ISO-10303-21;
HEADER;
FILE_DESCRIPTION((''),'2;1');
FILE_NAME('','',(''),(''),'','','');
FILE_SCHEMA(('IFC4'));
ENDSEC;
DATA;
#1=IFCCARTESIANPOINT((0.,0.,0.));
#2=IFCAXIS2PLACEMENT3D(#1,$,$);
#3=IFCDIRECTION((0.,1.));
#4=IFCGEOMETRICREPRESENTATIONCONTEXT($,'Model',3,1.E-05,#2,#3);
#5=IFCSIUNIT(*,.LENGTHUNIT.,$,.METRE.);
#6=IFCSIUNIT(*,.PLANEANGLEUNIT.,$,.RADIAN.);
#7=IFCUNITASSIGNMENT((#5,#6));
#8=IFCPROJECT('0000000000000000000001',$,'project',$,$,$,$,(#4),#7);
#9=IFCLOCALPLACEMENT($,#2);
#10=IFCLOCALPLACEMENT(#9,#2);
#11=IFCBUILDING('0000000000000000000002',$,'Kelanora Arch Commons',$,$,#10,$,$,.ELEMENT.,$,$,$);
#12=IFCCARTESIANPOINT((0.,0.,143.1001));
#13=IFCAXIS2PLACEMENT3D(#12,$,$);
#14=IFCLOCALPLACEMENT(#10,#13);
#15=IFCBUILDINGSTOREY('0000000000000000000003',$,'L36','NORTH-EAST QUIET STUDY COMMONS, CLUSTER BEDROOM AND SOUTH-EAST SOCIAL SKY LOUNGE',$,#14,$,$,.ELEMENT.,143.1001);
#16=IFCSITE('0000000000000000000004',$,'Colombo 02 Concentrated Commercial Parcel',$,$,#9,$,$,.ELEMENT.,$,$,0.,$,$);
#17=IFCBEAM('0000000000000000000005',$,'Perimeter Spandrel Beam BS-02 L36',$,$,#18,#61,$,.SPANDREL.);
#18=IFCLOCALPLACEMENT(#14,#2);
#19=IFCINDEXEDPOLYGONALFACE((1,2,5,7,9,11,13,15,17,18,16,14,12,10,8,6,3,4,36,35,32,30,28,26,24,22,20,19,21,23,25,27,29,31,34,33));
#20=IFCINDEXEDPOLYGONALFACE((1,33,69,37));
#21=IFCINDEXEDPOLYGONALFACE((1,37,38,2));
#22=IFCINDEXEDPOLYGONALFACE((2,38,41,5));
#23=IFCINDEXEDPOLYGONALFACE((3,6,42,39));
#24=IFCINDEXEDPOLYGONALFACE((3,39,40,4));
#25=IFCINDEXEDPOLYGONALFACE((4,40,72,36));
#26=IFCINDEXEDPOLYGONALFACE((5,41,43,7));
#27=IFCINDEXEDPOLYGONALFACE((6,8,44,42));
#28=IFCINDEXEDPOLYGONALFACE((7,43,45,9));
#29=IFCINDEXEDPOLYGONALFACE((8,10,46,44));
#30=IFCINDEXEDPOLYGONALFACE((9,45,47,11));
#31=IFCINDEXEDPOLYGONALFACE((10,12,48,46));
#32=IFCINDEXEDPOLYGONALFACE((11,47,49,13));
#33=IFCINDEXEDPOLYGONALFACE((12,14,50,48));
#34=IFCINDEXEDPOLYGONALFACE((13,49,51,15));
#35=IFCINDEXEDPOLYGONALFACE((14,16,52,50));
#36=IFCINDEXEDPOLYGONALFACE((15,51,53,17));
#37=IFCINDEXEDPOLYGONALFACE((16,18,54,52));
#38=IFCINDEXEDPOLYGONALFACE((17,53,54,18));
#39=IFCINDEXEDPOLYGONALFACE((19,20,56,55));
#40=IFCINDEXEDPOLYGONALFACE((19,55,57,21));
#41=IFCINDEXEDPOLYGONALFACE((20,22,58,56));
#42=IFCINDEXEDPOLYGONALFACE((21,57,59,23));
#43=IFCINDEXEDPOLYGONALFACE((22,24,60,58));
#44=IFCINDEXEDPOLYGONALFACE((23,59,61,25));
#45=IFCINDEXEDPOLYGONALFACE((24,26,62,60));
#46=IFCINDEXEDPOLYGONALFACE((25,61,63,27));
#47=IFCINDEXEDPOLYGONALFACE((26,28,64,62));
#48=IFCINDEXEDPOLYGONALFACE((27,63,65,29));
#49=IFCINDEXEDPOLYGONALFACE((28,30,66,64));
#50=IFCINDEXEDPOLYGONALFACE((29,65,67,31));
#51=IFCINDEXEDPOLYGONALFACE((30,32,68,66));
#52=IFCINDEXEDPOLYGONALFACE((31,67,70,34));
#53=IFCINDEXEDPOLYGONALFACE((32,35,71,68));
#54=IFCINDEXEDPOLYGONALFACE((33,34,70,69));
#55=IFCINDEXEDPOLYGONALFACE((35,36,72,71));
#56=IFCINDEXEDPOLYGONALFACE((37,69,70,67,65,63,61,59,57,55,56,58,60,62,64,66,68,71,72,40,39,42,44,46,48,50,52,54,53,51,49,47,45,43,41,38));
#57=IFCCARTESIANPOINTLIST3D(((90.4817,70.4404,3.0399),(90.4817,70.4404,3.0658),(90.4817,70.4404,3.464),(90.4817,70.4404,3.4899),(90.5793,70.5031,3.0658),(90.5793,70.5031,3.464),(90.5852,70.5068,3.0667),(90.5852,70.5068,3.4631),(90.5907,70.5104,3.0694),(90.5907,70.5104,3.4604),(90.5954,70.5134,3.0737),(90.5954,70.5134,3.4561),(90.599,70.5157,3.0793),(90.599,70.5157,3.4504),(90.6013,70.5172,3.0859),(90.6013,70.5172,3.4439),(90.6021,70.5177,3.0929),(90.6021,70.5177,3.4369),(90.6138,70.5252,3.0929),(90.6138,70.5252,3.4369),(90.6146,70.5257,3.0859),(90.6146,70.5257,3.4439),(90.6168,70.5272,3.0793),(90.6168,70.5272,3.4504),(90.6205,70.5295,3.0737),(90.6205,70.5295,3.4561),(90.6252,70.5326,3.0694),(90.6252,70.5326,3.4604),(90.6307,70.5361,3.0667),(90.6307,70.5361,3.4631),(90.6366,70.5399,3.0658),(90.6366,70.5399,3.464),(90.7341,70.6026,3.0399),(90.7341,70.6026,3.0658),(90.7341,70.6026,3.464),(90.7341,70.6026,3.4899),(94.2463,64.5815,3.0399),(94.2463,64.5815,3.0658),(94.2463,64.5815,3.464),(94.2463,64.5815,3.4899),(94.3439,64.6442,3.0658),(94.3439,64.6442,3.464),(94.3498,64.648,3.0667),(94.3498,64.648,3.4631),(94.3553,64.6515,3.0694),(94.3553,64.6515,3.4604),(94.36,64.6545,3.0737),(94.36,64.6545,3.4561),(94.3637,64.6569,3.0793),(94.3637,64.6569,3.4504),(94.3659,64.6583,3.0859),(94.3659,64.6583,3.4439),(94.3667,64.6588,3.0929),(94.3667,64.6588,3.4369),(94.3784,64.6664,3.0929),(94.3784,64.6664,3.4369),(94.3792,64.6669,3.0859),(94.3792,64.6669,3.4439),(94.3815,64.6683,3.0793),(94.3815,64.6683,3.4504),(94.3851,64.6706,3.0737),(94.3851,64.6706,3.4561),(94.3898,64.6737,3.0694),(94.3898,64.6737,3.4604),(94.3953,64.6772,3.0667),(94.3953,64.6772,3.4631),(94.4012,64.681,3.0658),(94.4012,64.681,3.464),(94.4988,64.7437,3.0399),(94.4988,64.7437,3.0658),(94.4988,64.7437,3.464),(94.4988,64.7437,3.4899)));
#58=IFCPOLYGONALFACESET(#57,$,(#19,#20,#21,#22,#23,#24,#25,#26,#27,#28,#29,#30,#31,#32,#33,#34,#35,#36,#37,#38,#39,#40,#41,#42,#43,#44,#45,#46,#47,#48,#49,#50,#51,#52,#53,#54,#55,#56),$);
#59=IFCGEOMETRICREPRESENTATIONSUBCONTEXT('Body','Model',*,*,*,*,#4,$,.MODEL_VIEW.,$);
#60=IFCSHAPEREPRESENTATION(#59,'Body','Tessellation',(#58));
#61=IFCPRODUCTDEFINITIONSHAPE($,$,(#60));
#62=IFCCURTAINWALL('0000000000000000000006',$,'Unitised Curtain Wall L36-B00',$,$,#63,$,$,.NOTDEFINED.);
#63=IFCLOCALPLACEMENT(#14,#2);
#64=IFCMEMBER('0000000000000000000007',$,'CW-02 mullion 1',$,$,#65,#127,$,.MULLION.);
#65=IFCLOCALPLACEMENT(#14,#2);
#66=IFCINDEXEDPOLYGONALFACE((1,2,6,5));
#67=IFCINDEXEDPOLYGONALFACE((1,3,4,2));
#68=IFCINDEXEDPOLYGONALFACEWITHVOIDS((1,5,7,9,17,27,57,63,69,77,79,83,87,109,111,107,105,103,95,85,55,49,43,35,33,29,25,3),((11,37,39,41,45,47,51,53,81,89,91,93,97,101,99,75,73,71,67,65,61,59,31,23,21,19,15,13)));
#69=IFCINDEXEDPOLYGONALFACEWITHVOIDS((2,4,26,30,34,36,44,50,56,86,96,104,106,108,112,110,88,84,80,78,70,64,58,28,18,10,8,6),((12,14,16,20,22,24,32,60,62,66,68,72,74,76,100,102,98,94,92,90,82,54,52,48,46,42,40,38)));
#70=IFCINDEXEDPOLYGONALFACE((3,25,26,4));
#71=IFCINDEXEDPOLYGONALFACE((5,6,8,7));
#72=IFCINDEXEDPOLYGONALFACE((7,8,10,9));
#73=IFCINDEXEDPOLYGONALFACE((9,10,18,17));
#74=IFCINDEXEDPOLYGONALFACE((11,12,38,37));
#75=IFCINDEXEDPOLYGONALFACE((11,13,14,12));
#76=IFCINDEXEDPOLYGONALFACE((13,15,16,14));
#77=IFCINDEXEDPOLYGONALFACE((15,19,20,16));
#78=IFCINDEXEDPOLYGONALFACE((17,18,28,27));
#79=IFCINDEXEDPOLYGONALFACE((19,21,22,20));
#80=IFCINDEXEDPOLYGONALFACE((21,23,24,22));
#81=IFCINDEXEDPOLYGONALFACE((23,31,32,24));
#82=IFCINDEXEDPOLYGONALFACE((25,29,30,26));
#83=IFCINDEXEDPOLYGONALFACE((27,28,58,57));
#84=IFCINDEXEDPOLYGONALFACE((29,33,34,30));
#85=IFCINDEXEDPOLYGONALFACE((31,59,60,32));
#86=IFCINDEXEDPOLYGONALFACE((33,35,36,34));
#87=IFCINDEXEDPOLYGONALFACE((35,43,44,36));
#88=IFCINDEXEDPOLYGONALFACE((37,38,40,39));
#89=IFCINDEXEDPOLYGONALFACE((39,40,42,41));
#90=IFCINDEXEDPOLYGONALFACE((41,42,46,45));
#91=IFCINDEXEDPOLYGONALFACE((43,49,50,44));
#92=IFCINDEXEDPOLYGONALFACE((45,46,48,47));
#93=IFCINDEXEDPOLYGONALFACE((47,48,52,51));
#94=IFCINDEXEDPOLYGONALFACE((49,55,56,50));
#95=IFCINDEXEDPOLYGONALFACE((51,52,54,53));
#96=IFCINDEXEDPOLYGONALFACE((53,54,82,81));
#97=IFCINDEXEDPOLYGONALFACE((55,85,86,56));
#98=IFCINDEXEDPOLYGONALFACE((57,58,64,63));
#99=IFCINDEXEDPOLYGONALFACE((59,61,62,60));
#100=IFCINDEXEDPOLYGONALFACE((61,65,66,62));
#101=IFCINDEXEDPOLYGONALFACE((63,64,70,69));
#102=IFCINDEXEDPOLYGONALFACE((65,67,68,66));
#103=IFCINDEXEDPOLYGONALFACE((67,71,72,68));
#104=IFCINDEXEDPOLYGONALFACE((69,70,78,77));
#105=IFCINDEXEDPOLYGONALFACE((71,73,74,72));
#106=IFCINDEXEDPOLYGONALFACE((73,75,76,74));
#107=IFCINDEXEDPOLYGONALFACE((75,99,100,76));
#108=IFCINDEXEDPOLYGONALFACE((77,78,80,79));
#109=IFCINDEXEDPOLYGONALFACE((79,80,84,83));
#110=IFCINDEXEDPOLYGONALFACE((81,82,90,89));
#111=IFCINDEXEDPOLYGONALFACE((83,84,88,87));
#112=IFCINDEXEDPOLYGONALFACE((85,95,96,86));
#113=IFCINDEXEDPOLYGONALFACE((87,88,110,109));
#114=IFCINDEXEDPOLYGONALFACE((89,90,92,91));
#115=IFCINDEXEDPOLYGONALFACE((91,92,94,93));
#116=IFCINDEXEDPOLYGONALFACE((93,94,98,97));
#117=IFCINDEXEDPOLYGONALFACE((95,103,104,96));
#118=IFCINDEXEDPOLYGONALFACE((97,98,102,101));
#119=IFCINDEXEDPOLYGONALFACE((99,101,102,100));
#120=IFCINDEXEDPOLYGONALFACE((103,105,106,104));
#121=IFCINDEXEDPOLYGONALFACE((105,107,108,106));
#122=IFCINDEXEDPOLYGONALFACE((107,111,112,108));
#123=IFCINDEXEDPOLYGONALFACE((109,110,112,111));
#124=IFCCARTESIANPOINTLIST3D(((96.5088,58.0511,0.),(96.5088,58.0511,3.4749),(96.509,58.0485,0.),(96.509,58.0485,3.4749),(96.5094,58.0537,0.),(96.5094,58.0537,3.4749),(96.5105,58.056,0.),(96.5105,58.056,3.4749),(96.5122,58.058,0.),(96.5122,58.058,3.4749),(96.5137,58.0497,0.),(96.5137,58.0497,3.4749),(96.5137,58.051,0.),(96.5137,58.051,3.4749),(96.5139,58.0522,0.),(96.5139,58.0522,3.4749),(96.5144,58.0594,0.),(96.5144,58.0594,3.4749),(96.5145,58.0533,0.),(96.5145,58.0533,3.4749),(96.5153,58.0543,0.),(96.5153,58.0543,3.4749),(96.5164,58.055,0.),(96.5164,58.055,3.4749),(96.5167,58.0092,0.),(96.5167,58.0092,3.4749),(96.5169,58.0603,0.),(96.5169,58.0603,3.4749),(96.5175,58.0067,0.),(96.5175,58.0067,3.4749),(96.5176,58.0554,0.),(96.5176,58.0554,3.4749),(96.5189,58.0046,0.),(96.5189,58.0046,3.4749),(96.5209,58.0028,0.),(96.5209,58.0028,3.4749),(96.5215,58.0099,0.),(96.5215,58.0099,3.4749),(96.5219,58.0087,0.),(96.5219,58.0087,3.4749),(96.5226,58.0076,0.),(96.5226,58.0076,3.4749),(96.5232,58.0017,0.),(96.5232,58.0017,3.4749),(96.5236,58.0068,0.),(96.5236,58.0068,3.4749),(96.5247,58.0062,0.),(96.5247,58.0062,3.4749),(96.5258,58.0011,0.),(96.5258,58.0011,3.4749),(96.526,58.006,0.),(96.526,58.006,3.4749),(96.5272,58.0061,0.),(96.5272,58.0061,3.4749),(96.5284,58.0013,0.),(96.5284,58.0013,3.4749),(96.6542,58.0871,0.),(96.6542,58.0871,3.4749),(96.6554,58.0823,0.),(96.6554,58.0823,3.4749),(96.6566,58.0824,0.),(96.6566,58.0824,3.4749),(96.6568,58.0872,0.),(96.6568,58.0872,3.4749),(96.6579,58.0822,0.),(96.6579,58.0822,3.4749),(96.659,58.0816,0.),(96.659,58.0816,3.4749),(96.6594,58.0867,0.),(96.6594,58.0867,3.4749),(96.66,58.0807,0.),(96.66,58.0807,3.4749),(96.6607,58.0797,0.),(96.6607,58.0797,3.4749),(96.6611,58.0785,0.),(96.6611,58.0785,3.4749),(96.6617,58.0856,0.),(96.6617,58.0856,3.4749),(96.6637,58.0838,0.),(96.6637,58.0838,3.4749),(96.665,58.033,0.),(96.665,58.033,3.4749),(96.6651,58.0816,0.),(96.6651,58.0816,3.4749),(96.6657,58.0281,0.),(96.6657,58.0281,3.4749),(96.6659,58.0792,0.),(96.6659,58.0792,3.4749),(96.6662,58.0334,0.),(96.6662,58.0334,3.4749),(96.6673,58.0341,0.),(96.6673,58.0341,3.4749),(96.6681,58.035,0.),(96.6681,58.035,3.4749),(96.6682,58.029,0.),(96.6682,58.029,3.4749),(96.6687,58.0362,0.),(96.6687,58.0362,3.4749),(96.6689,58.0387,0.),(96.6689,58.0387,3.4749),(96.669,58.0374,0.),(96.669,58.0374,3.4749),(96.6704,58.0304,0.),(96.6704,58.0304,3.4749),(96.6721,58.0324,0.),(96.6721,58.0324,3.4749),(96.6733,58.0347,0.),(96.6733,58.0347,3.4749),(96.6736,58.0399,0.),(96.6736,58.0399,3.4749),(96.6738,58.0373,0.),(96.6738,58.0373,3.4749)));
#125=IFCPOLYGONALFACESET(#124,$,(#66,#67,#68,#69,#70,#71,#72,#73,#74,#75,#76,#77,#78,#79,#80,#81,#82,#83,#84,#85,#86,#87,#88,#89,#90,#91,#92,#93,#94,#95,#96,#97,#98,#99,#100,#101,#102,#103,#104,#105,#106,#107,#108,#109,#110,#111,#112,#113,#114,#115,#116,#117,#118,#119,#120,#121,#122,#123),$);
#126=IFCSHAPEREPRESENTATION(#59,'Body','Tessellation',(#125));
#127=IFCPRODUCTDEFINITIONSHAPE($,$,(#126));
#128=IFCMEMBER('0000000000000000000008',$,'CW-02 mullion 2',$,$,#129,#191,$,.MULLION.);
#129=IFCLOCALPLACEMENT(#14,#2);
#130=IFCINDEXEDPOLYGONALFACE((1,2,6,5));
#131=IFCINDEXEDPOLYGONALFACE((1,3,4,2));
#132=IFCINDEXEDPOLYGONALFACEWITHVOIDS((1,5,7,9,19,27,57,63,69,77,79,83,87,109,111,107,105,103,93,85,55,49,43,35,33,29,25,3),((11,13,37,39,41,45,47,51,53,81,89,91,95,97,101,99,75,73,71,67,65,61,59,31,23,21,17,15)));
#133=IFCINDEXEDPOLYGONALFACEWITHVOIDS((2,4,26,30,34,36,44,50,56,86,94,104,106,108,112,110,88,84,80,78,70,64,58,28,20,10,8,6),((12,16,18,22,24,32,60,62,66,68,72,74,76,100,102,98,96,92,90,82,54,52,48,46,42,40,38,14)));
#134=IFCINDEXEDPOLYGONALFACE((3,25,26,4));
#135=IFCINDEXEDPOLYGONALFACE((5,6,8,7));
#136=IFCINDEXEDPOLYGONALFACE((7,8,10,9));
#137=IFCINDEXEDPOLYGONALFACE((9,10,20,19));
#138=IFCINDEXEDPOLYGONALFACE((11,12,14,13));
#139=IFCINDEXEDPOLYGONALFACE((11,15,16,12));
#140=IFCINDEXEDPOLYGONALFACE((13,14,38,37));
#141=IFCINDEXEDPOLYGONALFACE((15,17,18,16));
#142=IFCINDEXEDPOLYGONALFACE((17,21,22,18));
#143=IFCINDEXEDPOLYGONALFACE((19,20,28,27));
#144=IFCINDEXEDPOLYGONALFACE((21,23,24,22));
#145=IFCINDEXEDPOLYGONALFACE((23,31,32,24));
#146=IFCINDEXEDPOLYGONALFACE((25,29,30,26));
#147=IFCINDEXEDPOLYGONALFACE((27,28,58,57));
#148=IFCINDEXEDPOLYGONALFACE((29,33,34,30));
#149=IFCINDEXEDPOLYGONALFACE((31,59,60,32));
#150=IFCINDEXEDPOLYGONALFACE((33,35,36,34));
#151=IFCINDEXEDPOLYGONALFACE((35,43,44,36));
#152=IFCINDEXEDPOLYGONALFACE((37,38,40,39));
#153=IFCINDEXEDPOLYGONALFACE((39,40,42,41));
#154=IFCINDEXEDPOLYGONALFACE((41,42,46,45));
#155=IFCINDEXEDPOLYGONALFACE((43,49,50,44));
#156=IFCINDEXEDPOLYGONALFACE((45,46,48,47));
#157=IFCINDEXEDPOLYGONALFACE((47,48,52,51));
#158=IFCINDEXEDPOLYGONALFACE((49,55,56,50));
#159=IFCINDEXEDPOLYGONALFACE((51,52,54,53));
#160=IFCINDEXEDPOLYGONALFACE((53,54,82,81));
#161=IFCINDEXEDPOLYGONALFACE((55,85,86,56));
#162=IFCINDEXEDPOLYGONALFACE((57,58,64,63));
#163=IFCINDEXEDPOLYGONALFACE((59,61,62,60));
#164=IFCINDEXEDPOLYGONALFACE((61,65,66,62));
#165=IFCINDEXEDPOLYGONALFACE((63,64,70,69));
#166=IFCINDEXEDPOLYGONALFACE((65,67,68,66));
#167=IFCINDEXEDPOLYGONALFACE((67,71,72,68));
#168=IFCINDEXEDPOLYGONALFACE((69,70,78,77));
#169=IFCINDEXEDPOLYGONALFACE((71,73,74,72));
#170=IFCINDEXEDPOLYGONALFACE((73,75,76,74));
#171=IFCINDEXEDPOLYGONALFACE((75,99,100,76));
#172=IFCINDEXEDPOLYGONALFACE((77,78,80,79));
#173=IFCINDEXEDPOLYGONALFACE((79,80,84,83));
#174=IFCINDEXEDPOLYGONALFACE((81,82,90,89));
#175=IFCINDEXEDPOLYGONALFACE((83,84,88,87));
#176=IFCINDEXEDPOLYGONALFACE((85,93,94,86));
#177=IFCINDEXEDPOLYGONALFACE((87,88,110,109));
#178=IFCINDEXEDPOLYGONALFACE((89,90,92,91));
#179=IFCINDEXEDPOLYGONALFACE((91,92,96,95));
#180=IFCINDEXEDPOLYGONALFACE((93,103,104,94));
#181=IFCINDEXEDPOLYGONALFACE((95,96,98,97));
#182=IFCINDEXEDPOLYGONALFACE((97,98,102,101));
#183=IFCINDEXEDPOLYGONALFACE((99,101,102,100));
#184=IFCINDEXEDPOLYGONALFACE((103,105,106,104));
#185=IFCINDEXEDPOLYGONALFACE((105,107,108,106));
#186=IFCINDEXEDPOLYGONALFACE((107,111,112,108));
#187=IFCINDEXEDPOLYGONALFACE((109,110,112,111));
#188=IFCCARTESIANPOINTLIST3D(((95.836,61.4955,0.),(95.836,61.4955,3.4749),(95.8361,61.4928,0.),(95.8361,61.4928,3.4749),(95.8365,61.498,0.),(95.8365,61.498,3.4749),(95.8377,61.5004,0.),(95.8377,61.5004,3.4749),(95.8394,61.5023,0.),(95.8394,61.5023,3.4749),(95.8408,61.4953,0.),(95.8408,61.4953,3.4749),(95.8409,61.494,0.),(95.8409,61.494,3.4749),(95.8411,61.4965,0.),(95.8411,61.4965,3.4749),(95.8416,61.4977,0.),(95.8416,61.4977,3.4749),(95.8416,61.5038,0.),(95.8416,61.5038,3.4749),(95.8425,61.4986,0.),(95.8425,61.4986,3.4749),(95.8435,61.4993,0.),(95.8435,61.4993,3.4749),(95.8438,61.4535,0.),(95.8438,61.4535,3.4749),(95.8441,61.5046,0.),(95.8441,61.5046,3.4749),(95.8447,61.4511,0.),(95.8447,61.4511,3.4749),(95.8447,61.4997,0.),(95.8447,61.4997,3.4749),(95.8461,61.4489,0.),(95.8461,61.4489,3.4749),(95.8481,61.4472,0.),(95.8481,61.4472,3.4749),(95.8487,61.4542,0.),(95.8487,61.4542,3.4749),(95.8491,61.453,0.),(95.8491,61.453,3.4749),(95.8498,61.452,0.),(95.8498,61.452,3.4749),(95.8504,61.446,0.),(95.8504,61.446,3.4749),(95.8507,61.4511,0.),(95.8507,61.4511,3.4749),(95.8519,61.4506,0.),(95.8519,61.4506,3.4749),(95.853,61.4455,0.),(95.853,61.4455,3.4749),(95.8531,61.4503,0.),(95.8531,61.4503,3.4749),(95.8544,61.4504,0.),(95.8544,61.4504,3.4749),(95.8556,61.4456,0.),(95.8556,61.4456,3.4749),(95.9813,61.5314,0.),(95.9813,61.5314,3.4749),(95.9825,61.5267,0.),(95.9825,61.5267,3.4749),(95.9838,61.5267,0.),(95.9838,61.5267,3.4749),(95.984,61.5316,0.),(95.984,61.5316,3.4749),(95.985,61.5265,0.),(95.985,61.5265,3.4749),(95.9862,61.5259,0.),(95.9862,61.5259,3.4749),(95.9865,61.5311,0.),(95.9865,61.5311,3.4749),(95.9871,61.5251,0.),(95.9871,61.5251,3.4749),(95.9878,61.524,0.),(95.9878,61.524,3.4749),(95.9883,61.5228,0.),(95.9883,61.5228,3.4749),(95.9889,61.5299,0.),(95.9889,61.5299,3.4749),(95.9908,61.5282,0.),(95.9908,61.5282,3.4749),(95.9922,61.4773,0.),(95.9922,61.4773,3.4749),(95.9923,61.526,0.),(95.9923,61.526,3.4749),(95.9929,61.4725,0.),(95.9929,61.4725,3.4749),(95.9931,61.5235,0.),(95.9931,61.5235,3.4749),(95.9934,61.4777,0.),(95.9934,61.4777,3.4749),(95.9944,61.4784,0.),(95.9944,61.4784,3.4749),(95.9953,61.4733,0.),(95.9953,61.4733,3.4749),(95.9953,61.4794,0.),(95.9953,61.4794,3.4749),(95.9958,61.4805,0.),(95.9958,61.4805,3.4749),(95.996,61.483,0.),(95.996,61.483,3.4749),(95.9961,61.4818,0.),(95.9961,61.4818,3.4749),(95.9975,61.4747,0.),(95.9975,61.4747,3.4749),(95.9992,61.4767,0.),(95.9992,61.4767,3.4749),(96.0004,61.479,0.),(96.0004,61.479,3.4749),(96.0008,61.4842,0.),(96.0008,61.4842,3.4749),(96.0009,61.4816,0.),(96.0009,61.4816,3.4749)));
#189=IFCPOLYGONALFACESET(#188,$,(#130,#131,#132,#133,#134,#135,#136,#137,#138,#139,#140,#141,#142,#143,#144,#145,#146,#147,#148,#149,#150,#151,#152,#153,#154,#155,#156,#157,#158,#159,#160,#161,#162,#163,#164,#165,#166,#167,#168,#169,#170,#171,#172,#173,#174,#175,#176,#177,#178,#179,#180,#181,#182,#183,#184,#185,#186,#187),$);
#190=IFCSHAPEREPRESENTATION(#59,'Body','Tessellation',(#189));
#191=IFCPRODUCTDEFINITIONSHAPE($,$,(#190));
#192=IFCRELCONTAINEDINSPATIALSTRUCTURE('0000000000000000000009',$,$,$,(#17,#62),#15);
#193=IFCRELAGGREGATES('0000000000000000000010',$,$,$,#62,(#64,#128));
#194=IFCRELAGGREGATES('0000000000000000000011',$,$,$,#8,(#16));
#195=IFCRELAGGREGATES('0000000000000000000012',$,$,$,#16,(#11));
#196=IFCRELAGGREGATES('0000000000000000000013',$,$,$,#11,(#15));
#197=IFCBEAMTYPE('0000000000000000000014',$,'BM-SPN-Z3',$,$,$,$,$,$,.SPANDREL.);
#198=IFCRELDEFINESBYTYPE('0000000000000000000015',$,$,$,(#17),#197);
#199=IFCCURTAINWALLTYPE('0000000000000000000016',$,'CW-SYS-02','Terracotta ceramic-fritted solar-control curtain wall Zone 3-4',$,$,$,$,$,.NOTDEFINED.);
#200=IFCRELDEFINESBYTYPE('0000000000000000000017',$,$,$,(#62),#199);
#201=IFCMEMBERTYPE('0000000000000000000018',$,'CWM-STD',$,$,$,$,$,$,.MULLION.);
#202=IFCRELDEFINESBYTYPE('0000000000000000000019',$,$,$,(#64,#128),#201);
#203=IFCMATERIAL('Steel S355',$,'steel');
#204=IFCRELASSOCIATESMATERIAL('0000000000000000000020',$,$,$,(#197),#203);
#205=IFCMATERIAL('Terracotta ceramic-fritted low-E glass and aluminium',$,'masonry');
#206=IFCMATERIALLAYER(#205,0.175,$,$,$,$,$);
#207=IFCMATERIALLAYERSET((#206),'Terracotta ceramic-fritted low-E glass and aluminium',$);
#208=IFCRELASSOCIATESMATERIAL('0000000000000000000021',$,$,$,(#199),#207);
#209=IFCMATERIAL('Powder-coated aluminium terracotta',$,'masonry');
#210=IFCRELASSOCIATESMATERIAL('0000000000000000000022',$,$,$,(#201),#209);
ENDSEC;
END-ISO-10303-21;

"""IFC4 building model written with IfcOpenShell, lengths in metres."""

from ifc_helpers import new_model, si_unit, direction, frame, origin, origin_2d, place, context, subcontext, project, spatial, hollow_rectangle, i_section, extrude, material, layer, layer_set, material_profile, profile_set, type_object, element, aggregate, save


model = new_model("IFC4")

# Units and contexts
model_context = context("Model", 3, precision=1e-05, world=origin(), true_north=direction((0.0, 1.0)))
body_context = subcontext(model_context, "Body", "Model", "MODEL_VIEW")
ifc_project = project(units=[si_unit("LENGTHUNIT", "METRE"), si_unit("PLANEANGLEUNIT", "RADIAN")], contexts=[model_context])

# Site, building, storey
site_placement = place(None, origin())
site = spatial("IfcSite", under=ifc_project, at=site_placement, Name="Colombo 02 Concentrated Commercial Parcel", CompositionType="ELEMENT", RefElevation=0.0)
building_placement = place(site_placement, origin())
building = spatial("IfcBuilding", under=site, at=building_placement, Name="Kelanora Arch Commons", CompositionType="ELEMENT")
storey_placement = place(building_placement, frame((0.0, 0.0, 143.1001)))
storey = spatial("IfcBuildingStorey", under=building, at=storey_placement, Name="L36", Description="NORTH-EAST QUIET STUDY COMMONS, CLUSTER BEDROOM AND SOUTH-EAST SOCIAL SKY LOUNGE", CompositionType="ELEMENT", Elevation=143.1001)

# Beam
ifc_material_1 = material(Name="Steel S355", Category="steel")
ifc_material_profile_1 = material_profile(ifc_material_1, i_section(OverallWidth=0.3, OverallDepth=0.45, WebThickness=0.0139, FlangeThickness=0.0259, FilletRadius=0.0271, at=origin_2d()), Name="HEB450")
ifc_profile_set_1 = profile_set([ifc_material_profile_1], Name="Steel S355")
beam_type_1 = type_object("IfcBeamType", Name="BM-SPN-Z3", PredefinedType="SPANDREL", material=ifc_profile_set_1)
beam_1_placement = place(storey_placement, frame((94.3726, 64.6626, 3.2649), z_axis=(-0.540577, 0.841295, 0.0), x_axis=(-0.841295, -0.540577, 0.0)))
element("IfcBeam", 1, at=beam_1_placement, inside=storey, type_object=beam_type_1, Name="Perimeter Spandrel Beam BS-02 L36", PredefinedType="SPANDREL", context=body_context, shape_type="SweptSolid", body=[
    extrude(i_section(OverallWidth=0.3, OverallDepth=0.45, WebThickness=0.0139, FlangeThickness=0.0259, FilletRadius=0.0271, at=origin_2d()), origin(), (0.0, 0.0, 1.0), 6.9641),
])

# Curtain wall, members
ifc_material_2 = material(Name="Terracotta ceramic-fritted low-E glass and aluminium", Category="masonry")
ifc_layer_1 = layer(ifc_material_2, 0.175)
ifc_layer_set_1 = layer_set([ifc_layer_1], Name="Terracotta ceramic-fritted low-E glass and aluminium")
curtain_wall_type = type_object("IfcCurtainWallType", Name="CW-SYS-02", Description="Terracotta ceramic-fritted solar-control curtain wall Zone 3-4", PredefinedType="NOTDEFINED", material=ifc_layer_set_1)
curtain_wall_placement = place(storey_placement, origin())
curtain_wall = element("IfcCurtainWall", 2, at=curtain_wall_placement, inside=storey, type_object=curtain_wall_type, Name="Unitised Curtain Wall L36-B00", PredefinedType="NOTDEFINED")
ifc_material_3 = material(Name="Powder-coated aluminium terracotta", Category="masonry")
ifc_material_profile_2 = material_profile(ifc_material_3, hollow_rectangle(XDim=0.1599, YDim=0.0601, WallThickness=0.0049, InnerFilletRadius=0.0049, OuterFilletRadius=0.01, at=origin_2d()), Name="CWM160x60")
ifc_profile_set_2 = profile_set([ifc_material_profile_2], Name="Powder-coated aluminium terracotta")
member_type_1 = type_object("IfcMemberType", Name="CWM-STD", PredefinedType="MULLION", material=ifc_profile_set_2)
member_1_placement = place(storey_placement, frame((96.5913, 58.0442, 0.0), z_axis=(0.0, 0.0, 1.0), x_axis=(-0.981453, -0.191705, 0.0)))
member_1 = element("IfcMember", 3, at=member_1_placement, type_object=member_type_1, Name="CW-02 mullion 1", PredefinedType="MULLION", context=body_context, shape_type="SweptSolid", body=[
    extrude(hollow_rectangle(XDim=0.1599, YDim=0.0601, WallThickness=0.0049, InnerFilletRadius=0.0049, OuterFilletRadius=0.01, at=origin_2d()), origin(), (0.0, 0.0, 1.0), 3.4749),
])
member_2_placement = place(storey_placement, frame((95.9185, 61.4885, 0.0), z_axis=(0.0, 0.0, 1.0), x_axis=(-0.981453, -0.191705, 0.0)))
member_2 = element("IfcMember", 4, at=member_2_placement, type_object=member_type_1, Name="CW-02 mullion 2", PredefinedType="MULLION", context=body_context, shape_type="SweptSolid", body=[
    extrude(hollow_rectangle(XDim=0.1599, YDim=0.0601, WallThickness=0.0049, InnerFilletRadius=0.0049, OuterFilletRadius=0.01, at=origin_2d()), origin(), (0.0, 0.0, 1.0), 3.4749),
])
aggregate(curtain_wall, [member_1, member_2])

save(model, "model.ifc")
